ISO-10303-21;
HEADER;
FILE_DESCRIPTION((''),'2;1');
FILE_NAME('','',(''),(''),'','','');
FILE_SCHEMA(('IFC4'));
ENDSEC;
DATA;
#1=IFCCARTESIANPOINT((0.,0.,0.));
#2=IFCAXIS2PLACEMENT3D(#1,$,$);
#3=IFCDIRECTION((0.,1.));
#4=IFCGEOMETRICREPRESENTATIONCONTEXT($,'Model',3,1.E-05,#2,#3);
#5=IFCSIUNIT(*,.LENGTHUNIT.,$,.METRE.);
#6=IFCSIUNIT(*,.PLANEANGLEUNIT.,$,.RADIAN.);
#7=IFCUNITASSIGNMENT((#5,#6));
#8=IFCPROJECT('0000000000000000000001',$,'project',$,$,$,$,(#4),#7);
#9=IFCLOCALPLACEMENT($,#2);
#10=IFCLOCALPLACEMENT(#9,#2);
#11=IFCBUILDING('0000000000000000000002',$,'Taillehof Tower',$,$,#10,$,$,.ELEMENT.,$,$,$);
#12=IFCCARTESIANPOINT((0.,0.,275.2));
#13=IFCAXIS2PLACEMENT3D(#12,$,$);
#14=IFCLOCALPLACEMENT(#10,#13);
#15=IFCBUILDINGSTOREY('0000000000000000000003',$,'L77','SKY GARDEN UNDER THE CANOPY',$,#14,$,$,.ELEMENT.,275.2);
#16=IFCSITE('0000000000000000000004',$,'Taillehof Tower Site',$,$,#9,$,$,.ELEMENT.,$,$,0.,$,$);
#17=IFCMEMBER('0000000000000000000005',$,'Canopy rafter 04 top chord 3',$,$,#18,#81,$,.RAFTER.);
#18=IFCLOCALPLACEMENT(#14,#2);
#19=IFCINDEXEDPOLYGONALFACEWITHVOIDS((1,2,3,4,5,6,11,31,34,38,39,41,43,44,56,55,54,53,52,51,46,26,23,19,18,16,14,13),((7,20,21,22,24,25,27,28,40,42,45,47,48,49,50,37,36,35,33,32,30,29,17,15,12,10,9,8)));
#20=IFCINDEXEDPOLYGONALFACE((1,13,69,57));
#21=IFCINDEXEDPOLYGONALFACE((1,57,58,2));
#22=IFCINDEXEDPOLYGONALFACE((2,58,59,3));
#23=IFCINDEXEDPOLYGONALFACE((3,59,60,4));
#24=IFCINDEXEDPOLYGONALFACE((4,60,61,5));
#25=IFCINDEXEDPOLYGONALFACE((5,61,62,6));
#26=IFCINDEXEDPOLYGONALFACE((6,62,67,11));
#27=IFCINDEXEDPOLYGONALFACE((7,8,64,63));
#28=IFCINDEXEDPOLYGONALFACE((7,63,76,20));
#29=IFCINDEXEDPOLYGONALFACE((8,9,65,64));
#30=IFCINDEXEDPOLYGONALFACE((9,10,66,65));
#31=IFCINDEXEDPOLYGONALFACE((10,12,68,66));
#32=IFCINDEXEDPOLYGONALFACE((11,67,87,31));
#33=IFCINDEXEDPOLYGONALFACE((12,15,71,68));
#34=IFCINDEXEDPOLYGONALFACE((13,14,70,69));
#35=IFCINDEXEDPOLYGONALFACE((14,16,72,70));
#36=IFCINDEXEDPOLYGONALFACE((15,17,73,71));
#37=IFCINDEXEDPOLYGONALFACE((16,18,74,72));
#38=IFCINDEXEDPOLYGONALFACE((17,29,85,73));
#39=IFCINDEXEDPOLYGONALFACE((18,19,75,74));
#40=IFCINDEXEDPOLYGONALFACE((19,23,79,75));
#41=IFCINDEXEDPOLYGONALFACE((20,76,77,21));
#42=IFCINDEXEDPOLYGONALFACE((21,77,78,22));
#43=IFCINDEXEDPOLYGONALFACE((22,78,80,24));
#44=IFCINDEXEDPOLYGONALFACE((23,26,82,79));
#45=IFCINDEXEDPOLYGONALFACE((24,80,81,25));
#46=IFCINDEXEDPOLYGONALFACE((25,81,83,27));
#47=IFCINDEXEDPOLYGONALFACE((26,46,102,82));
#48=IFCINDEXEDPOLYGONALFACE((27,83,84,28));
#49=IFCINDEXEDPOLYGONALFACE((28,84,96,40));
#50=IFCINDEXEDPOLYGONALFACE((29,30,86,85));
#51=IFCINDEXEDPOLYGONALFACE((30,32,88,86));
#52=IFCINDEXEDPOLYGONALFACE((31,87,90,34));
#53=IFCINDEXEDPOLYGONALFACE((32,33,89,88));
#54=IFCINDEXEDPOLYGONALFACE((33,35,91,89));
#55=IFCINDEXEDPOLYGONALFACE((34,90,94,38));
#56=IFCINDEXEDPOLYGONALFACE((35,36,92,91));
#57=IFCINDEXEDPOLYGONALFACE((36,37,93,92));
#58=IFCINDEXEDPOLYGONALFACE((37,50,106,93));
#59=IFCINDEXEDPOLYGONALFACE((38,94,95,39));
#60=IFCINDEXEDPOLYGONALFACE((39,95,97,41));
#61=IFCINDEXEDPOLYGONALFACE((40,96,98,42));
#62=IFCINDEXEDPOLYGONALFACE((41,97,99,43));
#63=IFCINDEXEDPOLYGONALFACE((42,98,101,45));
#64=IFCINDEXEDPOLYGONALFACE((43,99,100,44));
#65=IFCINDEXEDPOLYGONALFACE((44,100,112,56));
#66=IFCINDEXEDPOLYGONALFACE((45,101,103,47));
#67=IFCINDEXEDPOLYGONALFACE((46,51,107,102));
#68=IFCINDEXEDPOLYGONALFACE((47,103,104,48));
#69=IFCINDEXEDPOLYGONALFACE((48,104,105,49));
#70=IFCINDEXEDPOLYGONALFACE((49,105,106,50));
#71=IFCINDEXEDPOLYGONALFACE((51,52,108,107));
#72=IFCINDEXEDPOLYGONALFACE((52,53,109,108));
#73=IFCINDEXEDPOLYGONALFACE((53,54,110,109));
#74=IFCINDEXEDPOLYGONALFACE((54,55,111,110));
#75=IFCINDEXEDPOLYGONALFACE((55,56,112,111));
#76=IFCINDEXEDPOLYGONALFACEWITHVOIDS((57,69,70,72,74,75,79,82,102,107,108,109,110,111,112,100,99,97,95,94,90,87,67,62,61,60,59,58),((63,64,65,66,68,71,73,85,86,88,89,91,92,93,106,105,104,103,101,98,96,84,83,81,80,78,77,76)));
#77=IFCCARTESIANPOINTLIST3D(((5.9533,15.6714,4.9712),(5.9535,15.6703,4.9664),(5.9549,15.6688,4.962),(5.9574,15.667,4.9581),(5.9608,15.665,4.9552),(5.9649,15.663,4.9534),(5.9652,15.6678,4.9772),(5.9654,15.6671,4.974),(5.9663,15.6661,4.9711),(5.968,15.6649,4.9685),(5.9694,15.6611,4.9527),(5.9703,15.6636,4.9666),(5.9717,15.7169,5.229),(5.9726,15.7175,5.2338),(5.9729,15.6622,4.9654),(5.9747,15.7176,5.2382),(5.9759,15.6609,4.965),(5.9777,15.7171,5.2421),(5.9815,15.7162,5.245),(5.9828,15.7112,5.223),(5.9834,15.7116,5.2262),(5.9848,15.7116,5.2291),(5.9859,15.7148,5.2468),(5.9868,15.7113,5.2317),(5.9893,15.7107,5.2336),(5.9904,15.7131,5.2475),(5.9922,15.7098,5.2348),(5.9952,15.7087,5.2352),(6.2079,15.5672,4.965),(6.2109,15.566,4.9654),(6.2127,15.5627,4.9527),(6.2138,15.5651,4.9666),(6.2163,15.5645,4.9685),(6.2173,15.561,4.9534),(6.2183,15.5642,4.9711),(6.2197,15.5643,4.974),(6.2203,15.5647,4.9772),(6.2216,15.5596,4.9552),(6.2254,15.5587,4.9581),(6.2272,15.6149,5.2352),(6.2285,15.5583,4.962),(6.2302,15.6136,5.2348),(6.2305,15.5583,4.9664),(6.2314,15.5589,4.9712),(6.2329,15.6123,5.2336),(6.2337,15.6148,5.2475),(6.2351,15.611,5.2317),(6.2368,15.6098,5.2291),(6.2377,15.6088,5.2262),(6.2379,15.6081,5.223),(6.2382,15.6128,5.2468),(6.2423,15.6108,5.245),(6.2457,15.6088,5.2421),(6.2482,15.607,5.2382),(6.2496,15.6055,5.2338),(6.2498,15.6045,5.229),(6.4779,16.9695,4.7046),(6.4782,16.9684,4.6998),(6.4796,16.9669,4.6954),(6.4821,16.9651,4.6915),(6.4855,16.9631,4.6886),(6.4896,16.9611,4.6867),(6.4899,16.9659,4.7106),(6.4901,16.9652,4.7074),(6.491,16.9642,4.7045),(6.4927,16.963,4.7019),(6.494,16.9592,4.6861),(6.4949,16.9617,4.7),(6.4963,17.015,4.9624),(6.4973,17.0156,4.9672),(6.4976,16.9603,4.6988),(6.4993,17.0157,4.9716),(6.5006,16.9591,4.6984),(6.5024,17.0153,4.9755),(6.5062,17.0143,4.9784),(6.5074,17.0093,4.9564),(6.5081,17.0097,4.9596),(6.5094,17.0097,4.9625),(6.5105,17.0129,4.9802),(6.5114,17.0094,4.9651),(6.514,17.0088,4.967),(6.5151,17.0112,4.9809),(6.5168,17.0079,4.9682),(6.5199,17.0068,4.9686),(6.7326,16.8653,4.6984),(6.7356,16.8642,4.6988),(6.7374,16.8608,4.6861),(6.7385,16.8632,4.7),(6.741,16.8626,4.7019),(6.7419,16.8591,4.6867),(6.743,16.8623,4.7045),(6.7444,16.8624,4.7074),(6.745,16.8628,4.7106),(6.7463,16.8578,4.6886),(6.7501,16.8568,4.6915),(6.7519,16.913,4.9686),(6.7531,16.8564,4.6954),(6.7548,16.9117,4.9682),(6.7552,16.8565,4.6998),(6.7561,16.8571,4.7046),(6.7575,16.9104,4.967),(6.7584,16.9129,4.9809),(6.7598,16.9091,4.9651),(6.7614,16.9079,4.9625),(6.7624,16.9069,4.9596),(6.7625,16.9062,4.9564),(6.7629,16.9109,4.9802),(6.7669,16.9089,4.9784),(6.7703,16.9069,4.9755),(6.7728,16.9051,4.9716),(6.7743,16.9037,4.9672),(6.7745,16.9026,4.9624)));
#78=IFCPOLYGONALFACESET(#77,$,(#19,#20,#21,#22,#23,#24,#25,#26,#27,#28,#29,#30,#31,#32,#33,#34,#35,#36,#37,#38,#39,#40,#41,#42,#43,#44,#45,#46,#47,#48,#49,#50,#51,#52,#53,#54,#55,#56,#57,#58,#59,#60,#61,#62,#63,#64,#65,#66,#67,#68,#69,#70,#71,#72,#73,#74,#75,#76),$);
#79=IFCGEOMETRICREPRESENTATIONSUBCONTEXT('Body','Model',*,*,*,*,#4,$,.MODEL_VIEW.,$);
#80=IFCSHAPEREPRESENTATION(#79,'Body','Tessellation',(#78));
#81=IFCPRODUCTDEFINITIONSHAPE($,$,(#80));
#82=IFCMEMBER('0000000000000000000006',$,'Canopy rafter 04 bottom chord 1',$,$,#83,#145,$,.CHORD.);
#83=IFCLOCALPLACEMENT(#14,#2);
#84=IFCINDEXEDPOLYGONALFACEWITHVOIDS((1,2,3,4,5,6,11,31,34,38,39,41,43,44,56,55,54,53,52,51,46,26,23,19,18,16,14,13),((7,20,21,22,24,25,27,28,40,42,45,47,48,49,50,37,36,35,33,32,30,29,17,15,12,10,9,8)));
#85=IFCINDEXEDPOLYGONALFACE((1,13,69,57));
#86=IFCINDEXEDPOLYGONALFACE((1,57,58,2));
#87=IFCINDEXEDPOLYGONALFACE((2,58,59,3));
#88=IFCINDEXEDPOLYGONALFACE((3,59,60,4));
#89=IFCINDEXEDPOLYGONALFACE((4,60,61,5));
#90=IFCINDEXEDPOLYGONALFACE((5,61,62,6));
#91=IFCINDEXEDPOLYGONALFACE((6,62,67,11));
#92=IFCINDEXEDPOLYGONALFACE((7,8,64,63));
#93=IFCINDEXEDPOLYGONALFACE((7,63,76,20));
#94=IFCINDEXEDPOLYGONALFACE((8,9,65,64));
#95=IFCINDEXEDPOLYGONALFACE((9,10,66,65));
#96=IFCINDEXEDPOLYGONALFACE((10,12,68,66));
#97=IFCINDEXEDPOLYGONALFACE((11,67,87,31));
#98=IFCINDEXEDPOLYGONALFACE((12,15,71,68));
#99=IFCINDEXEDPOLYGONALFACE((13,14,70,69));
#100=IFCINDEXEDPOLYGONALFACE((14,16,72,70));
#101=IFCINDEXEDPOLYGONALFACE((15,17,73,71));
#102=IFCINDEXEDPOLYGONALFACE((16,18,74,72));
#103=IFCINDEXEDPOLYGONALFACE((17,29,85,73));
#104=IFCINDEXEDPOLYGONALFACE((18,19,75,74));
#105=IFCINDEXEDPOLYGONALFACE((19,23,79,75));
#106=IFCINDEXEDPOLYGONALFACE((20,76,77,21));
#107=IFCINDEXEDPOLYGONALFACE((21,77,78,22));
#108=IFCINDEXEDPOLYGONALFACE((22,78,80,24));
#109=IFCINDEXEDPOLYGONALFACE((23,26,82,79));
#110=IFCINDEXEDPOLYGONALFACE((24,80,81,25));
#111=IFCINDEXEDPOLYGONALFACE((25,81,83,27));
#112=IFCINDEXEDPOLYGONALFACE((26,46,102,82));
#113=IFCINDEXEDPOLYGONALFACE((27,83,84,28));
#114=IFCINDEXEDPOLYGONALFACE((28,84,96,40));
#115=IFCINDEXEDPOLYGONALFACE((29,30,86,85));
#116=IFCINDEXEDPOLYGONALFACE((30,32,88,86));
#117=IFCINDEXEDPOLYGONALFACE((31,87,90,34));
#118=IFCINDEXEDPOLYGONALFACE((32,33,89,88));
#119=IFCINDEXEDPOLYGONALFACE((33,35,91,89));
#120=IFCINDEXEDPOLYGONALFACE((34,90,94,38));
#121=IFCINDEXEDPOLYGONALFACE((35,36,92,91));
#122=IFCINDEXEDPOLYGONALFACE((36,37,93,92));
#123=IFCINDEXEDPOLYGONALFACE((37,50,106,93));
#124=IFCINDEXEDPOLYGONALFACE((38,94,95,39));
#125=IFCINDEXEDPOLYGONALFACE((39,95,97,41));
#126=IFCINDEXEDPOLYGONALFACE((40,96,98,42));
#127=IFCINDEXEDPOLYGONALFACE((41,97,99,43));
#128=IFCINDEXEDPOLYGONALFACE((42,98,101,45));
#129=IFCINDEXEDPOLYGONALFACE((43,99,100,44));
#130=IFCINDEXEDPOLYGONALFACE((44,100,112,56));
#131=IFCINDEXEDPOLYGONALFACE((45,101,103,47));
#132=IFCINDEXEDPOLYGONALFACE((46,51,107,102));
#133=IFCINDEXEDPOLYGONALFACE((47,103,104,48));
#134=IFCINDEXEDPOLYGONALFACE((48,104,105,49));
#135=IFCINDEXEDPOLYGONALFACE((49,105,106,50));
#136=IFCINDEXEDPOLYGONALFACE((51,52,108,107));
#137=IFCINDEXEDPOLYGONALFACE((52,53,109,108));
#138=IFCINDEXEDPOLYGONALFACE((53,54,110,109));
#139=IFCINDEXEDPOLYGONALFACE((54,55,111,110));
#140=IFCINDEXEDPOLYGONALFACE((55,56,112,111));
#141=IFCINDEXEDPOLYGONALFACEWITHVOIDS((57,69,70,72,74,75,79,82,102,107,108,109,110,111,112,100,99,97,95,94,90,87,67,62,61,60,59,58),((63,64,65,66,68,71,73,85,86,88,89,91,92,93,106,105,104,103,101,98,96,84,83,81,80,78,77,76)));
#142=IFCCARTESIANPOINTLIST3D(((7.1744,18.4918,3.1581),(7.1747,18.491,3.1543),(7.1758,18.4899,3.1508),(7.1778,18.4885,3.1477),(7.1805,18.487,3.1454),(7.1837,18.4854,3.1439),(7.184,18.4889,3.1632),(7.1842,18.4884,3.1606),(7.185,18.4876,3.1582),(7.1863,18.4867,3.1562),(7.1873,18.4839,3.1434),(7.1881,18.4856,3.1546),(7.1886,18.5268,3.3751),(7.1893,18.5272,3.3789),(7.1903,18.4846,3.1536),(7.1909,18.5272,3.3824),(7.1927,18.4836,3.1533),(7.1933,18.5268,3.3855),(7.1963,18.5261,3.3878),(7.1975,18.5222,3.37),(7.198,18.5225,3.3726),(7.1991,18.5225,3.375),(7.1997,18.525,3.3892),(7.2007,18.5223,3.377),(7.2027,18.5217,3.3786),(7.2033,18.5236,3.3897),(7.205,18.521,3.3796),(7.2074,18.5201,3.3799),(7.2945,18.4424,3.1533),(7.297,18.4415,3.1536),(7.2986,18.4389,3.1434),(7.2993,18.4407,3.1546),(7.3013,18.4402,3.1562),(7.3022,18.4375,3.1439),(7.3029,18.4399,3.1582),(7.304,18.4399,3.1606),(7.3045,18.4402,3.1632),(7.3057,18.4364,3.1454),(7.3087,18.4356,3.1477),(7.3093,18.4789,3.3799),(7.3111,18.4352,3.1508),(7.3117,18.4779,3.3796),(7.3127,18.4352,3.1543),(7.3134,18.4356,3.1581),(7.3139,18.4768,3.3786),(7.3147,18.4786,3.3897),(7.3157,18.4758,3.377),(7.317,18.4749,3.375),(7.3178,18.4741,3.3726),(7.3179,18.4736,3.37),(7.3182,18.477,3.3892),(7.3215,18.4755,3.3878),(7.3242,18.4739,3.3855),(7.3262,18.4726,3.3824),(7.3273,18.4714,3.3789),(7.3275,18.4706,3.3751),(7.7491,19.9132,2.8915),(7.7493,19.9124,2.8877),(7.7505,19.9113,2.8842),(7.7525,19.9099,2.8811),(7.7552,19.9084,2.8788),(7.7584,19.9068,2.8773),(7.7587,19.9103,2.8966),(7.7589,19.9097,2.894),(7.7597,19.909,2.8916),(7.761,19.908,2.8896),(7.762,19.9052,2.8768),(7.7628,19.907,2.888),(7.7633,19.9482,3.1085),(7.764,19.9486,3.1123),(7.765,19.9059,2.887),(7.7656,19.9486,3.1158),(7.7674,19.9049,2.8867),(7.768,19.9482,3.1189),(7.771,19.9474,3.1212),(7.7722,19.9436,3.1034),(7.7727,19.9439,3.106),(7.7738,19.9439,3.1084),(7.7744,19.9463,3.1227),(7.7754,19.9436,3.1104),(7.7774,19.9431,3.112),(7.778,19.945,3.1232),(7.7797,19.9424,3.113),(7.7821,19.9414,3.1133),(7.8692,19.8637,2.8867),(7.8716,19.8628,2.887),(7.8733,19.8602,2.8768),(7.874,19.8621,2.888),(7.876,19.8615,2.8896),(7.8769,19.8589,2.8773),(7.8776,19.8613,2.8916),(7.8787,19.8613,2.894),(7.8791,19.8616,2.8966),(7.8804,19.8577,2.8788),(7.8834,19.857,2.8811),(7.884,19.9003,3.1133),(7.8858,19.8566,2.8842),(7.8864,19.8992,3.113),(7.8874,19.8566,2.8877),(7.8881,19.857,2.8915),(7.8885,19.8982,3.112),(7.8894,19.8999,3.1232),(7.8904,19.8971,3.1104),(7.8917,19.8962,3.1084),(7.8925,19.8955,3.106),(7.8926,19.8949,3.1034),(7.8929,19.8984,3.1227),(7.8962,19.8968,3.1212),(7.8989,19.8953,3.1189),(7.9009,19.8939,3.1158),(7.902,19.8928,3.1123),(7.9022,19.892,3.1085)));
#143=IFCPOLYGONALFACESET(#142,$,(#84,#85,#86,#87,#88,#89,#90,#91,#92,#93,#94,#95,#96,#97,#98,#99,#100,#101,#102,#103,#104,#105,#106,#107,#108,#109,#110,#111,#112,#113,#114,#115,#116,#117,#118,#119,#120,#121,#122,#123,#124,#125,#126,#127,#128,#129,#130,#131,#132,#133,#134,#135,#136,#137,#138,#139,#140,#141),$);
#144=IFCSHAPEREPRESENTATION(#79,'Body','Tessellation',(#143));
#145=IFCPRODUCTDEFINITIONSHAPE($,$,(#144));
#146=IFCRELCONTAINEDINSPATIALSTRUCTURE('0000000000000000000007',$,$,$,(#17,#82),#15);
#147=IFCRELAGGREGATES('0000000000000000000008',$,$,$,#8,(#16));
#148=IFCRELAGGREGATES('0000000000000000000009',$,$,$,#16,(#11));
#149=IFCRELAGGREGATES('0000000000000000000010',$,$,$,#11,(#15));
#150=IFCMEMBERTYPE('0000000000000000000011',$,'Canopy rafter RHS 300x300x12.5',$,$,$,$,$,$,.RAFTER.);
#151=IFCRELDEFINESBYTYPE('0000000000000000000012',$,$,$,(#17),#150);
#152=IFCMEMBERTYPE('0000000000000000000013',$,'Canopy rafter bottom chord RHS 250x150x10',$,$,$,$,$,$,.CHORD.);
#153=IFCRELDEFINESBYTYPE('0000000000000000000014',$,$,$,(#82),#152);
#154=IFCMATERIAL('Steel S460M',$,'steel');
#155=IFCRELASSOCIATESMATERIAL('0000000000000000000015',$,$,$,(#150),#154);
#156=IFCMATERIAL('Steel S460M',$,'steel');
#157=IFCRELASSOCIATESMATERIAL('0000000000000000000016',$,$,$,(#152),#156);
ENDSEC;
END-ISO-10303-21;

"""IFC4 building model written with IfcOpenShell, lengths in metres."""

from ifc_helpers import new_model, si_unit, direction, frame, origin, origin_2d, place, context, subcontext, project, spatial, hollow_rectangle, extrude, material, material_profile, profile_set, type_object, element, save


model = new_model("IFC4")

# Units and contexts
model_context = context("Model", 3, precision=1e-05, world=origin(), true_north=direction((0.0, 1.0)))
body_context = subcontext(model_context, "Body", "Model", "MODEL_VIEW")
ifc_project = project(units=[si_unit("LENGTHUNIT", "METRE"), si_unit("PLANEANGLEUNIT", "RADIAN")], contexts=[model_context])

# Site, building, storey
site_placement = place(None, origin())
site = spatial("IfcSite", under=ifc_project, at=site_placement, Name="Taillehof Tower Site", CompositionType="ELEMENT", RefElevation=0.0)
building_placement = place(site_placement, origin())
building = spatial("IfcBuilding", under=site, at=building_placement, Name="Taillehof Tower", CompositionType="ELEMENT")
storey_placement = place(building_placement, frame((0.0, 0.0, 275.2)))
storey = spatial("IfcBuildingStorey", under=building, at=storey_placement, Name="L77", Description="SKY GARDEN UNDER THE CANOPY", CompositionType="ELEMENT", Elevation=275.2)

# Members
ifc_material_1 = material(Name="Steel S460M", Category="steel")
ifc_material_profile_1 = material_profile(ifc_material_1, hollow_rectangle(XDim=0.3, YDim=0.3, WallThickness=0.0125, InnerFilletRadius=0.0125, OuterFilletRadius=0.0188, at=origin_2d()), Name="RHS 300x300x12.5")
ifc_profile_set_1 = profile_set([ifc_material_profile_1], Name="Steel S460M")
member_type_1 = type_object("IfcMemberType", Name="Canopy rafter RHS 300x300x12.5", PredefinedType="RAFTER", material=ifc_profile_set_1)
member_1_placement = place(storey_placement, frame((6.6262, 16.936, 4.8335), z_axis=(-0.368111, -0.910772, 0.187053), x_axis=(0.927136, -0.374725, 0.0)))
element("IfcMember", 1, at=member_1_placement, inside=storey, type_object=member_type_1, Name="Canopy rafter 04 top chord 3", PredefinedType="RAFTER", context=body_context, shape_type="SweptSolid", body=[
    extrude(hollow_rectangle(XDim=0.3, YDim=0.3, WallThickness=0.0125, InnerFilletRadius=0.0125, OuterFilletRadius=0.0188, at=origin_2d()), origin(), (0.0, 0.0, 1.0), 1.4253),
])
ifc_material_2 = material(Name="Steel S460M", Category="steel")
ifc_material_profile_2 = material_profile(ifc_material_2, hollow_rectangle(XDim=0.1499, YDim=0.25, WallThickness=0.01, InnerFilletRadius=0.01, OuterFilletRadius=0.0149, at=origin_2d()), Name="RHS 250x150x10")
ifc_profile_set_2 = profile_set([ifc_material_profile_2], Name="Steel S460M")
member_type_2 = type_object("IfcMemberType", Name="Canopy rafter bottom chord RHS 250x150x10", PredefinedType="CHORD", material=ifc_profile_set_2)
member_2_placement = place(storey_placement, frame((7.8257, 19.9026, 3.0), z_axis=(-0.369306, -0.91338, 0.171318), x_axis=(0.927087, -0.374847, 0.0)))
element("IfcMember", 2, at=member_2_placement, inside=storey, type_object=member_type_2, Name="Canopy rafter 04 bottom chord 1", PredefinedType="CHORD", context=body_context, shape_type="SweptSolid", body=[
    extrude(hollow_rectangle(XDim=0.1499, YDim=0.25, WallThickness=0.01, InnerFilletRadius=0.01, OuterFilletRadius=0.0149, at=origin_2d()), origin(), (0.0, 0.0, 1.0), 1.5562),
])

save(model, "model.ifc")
